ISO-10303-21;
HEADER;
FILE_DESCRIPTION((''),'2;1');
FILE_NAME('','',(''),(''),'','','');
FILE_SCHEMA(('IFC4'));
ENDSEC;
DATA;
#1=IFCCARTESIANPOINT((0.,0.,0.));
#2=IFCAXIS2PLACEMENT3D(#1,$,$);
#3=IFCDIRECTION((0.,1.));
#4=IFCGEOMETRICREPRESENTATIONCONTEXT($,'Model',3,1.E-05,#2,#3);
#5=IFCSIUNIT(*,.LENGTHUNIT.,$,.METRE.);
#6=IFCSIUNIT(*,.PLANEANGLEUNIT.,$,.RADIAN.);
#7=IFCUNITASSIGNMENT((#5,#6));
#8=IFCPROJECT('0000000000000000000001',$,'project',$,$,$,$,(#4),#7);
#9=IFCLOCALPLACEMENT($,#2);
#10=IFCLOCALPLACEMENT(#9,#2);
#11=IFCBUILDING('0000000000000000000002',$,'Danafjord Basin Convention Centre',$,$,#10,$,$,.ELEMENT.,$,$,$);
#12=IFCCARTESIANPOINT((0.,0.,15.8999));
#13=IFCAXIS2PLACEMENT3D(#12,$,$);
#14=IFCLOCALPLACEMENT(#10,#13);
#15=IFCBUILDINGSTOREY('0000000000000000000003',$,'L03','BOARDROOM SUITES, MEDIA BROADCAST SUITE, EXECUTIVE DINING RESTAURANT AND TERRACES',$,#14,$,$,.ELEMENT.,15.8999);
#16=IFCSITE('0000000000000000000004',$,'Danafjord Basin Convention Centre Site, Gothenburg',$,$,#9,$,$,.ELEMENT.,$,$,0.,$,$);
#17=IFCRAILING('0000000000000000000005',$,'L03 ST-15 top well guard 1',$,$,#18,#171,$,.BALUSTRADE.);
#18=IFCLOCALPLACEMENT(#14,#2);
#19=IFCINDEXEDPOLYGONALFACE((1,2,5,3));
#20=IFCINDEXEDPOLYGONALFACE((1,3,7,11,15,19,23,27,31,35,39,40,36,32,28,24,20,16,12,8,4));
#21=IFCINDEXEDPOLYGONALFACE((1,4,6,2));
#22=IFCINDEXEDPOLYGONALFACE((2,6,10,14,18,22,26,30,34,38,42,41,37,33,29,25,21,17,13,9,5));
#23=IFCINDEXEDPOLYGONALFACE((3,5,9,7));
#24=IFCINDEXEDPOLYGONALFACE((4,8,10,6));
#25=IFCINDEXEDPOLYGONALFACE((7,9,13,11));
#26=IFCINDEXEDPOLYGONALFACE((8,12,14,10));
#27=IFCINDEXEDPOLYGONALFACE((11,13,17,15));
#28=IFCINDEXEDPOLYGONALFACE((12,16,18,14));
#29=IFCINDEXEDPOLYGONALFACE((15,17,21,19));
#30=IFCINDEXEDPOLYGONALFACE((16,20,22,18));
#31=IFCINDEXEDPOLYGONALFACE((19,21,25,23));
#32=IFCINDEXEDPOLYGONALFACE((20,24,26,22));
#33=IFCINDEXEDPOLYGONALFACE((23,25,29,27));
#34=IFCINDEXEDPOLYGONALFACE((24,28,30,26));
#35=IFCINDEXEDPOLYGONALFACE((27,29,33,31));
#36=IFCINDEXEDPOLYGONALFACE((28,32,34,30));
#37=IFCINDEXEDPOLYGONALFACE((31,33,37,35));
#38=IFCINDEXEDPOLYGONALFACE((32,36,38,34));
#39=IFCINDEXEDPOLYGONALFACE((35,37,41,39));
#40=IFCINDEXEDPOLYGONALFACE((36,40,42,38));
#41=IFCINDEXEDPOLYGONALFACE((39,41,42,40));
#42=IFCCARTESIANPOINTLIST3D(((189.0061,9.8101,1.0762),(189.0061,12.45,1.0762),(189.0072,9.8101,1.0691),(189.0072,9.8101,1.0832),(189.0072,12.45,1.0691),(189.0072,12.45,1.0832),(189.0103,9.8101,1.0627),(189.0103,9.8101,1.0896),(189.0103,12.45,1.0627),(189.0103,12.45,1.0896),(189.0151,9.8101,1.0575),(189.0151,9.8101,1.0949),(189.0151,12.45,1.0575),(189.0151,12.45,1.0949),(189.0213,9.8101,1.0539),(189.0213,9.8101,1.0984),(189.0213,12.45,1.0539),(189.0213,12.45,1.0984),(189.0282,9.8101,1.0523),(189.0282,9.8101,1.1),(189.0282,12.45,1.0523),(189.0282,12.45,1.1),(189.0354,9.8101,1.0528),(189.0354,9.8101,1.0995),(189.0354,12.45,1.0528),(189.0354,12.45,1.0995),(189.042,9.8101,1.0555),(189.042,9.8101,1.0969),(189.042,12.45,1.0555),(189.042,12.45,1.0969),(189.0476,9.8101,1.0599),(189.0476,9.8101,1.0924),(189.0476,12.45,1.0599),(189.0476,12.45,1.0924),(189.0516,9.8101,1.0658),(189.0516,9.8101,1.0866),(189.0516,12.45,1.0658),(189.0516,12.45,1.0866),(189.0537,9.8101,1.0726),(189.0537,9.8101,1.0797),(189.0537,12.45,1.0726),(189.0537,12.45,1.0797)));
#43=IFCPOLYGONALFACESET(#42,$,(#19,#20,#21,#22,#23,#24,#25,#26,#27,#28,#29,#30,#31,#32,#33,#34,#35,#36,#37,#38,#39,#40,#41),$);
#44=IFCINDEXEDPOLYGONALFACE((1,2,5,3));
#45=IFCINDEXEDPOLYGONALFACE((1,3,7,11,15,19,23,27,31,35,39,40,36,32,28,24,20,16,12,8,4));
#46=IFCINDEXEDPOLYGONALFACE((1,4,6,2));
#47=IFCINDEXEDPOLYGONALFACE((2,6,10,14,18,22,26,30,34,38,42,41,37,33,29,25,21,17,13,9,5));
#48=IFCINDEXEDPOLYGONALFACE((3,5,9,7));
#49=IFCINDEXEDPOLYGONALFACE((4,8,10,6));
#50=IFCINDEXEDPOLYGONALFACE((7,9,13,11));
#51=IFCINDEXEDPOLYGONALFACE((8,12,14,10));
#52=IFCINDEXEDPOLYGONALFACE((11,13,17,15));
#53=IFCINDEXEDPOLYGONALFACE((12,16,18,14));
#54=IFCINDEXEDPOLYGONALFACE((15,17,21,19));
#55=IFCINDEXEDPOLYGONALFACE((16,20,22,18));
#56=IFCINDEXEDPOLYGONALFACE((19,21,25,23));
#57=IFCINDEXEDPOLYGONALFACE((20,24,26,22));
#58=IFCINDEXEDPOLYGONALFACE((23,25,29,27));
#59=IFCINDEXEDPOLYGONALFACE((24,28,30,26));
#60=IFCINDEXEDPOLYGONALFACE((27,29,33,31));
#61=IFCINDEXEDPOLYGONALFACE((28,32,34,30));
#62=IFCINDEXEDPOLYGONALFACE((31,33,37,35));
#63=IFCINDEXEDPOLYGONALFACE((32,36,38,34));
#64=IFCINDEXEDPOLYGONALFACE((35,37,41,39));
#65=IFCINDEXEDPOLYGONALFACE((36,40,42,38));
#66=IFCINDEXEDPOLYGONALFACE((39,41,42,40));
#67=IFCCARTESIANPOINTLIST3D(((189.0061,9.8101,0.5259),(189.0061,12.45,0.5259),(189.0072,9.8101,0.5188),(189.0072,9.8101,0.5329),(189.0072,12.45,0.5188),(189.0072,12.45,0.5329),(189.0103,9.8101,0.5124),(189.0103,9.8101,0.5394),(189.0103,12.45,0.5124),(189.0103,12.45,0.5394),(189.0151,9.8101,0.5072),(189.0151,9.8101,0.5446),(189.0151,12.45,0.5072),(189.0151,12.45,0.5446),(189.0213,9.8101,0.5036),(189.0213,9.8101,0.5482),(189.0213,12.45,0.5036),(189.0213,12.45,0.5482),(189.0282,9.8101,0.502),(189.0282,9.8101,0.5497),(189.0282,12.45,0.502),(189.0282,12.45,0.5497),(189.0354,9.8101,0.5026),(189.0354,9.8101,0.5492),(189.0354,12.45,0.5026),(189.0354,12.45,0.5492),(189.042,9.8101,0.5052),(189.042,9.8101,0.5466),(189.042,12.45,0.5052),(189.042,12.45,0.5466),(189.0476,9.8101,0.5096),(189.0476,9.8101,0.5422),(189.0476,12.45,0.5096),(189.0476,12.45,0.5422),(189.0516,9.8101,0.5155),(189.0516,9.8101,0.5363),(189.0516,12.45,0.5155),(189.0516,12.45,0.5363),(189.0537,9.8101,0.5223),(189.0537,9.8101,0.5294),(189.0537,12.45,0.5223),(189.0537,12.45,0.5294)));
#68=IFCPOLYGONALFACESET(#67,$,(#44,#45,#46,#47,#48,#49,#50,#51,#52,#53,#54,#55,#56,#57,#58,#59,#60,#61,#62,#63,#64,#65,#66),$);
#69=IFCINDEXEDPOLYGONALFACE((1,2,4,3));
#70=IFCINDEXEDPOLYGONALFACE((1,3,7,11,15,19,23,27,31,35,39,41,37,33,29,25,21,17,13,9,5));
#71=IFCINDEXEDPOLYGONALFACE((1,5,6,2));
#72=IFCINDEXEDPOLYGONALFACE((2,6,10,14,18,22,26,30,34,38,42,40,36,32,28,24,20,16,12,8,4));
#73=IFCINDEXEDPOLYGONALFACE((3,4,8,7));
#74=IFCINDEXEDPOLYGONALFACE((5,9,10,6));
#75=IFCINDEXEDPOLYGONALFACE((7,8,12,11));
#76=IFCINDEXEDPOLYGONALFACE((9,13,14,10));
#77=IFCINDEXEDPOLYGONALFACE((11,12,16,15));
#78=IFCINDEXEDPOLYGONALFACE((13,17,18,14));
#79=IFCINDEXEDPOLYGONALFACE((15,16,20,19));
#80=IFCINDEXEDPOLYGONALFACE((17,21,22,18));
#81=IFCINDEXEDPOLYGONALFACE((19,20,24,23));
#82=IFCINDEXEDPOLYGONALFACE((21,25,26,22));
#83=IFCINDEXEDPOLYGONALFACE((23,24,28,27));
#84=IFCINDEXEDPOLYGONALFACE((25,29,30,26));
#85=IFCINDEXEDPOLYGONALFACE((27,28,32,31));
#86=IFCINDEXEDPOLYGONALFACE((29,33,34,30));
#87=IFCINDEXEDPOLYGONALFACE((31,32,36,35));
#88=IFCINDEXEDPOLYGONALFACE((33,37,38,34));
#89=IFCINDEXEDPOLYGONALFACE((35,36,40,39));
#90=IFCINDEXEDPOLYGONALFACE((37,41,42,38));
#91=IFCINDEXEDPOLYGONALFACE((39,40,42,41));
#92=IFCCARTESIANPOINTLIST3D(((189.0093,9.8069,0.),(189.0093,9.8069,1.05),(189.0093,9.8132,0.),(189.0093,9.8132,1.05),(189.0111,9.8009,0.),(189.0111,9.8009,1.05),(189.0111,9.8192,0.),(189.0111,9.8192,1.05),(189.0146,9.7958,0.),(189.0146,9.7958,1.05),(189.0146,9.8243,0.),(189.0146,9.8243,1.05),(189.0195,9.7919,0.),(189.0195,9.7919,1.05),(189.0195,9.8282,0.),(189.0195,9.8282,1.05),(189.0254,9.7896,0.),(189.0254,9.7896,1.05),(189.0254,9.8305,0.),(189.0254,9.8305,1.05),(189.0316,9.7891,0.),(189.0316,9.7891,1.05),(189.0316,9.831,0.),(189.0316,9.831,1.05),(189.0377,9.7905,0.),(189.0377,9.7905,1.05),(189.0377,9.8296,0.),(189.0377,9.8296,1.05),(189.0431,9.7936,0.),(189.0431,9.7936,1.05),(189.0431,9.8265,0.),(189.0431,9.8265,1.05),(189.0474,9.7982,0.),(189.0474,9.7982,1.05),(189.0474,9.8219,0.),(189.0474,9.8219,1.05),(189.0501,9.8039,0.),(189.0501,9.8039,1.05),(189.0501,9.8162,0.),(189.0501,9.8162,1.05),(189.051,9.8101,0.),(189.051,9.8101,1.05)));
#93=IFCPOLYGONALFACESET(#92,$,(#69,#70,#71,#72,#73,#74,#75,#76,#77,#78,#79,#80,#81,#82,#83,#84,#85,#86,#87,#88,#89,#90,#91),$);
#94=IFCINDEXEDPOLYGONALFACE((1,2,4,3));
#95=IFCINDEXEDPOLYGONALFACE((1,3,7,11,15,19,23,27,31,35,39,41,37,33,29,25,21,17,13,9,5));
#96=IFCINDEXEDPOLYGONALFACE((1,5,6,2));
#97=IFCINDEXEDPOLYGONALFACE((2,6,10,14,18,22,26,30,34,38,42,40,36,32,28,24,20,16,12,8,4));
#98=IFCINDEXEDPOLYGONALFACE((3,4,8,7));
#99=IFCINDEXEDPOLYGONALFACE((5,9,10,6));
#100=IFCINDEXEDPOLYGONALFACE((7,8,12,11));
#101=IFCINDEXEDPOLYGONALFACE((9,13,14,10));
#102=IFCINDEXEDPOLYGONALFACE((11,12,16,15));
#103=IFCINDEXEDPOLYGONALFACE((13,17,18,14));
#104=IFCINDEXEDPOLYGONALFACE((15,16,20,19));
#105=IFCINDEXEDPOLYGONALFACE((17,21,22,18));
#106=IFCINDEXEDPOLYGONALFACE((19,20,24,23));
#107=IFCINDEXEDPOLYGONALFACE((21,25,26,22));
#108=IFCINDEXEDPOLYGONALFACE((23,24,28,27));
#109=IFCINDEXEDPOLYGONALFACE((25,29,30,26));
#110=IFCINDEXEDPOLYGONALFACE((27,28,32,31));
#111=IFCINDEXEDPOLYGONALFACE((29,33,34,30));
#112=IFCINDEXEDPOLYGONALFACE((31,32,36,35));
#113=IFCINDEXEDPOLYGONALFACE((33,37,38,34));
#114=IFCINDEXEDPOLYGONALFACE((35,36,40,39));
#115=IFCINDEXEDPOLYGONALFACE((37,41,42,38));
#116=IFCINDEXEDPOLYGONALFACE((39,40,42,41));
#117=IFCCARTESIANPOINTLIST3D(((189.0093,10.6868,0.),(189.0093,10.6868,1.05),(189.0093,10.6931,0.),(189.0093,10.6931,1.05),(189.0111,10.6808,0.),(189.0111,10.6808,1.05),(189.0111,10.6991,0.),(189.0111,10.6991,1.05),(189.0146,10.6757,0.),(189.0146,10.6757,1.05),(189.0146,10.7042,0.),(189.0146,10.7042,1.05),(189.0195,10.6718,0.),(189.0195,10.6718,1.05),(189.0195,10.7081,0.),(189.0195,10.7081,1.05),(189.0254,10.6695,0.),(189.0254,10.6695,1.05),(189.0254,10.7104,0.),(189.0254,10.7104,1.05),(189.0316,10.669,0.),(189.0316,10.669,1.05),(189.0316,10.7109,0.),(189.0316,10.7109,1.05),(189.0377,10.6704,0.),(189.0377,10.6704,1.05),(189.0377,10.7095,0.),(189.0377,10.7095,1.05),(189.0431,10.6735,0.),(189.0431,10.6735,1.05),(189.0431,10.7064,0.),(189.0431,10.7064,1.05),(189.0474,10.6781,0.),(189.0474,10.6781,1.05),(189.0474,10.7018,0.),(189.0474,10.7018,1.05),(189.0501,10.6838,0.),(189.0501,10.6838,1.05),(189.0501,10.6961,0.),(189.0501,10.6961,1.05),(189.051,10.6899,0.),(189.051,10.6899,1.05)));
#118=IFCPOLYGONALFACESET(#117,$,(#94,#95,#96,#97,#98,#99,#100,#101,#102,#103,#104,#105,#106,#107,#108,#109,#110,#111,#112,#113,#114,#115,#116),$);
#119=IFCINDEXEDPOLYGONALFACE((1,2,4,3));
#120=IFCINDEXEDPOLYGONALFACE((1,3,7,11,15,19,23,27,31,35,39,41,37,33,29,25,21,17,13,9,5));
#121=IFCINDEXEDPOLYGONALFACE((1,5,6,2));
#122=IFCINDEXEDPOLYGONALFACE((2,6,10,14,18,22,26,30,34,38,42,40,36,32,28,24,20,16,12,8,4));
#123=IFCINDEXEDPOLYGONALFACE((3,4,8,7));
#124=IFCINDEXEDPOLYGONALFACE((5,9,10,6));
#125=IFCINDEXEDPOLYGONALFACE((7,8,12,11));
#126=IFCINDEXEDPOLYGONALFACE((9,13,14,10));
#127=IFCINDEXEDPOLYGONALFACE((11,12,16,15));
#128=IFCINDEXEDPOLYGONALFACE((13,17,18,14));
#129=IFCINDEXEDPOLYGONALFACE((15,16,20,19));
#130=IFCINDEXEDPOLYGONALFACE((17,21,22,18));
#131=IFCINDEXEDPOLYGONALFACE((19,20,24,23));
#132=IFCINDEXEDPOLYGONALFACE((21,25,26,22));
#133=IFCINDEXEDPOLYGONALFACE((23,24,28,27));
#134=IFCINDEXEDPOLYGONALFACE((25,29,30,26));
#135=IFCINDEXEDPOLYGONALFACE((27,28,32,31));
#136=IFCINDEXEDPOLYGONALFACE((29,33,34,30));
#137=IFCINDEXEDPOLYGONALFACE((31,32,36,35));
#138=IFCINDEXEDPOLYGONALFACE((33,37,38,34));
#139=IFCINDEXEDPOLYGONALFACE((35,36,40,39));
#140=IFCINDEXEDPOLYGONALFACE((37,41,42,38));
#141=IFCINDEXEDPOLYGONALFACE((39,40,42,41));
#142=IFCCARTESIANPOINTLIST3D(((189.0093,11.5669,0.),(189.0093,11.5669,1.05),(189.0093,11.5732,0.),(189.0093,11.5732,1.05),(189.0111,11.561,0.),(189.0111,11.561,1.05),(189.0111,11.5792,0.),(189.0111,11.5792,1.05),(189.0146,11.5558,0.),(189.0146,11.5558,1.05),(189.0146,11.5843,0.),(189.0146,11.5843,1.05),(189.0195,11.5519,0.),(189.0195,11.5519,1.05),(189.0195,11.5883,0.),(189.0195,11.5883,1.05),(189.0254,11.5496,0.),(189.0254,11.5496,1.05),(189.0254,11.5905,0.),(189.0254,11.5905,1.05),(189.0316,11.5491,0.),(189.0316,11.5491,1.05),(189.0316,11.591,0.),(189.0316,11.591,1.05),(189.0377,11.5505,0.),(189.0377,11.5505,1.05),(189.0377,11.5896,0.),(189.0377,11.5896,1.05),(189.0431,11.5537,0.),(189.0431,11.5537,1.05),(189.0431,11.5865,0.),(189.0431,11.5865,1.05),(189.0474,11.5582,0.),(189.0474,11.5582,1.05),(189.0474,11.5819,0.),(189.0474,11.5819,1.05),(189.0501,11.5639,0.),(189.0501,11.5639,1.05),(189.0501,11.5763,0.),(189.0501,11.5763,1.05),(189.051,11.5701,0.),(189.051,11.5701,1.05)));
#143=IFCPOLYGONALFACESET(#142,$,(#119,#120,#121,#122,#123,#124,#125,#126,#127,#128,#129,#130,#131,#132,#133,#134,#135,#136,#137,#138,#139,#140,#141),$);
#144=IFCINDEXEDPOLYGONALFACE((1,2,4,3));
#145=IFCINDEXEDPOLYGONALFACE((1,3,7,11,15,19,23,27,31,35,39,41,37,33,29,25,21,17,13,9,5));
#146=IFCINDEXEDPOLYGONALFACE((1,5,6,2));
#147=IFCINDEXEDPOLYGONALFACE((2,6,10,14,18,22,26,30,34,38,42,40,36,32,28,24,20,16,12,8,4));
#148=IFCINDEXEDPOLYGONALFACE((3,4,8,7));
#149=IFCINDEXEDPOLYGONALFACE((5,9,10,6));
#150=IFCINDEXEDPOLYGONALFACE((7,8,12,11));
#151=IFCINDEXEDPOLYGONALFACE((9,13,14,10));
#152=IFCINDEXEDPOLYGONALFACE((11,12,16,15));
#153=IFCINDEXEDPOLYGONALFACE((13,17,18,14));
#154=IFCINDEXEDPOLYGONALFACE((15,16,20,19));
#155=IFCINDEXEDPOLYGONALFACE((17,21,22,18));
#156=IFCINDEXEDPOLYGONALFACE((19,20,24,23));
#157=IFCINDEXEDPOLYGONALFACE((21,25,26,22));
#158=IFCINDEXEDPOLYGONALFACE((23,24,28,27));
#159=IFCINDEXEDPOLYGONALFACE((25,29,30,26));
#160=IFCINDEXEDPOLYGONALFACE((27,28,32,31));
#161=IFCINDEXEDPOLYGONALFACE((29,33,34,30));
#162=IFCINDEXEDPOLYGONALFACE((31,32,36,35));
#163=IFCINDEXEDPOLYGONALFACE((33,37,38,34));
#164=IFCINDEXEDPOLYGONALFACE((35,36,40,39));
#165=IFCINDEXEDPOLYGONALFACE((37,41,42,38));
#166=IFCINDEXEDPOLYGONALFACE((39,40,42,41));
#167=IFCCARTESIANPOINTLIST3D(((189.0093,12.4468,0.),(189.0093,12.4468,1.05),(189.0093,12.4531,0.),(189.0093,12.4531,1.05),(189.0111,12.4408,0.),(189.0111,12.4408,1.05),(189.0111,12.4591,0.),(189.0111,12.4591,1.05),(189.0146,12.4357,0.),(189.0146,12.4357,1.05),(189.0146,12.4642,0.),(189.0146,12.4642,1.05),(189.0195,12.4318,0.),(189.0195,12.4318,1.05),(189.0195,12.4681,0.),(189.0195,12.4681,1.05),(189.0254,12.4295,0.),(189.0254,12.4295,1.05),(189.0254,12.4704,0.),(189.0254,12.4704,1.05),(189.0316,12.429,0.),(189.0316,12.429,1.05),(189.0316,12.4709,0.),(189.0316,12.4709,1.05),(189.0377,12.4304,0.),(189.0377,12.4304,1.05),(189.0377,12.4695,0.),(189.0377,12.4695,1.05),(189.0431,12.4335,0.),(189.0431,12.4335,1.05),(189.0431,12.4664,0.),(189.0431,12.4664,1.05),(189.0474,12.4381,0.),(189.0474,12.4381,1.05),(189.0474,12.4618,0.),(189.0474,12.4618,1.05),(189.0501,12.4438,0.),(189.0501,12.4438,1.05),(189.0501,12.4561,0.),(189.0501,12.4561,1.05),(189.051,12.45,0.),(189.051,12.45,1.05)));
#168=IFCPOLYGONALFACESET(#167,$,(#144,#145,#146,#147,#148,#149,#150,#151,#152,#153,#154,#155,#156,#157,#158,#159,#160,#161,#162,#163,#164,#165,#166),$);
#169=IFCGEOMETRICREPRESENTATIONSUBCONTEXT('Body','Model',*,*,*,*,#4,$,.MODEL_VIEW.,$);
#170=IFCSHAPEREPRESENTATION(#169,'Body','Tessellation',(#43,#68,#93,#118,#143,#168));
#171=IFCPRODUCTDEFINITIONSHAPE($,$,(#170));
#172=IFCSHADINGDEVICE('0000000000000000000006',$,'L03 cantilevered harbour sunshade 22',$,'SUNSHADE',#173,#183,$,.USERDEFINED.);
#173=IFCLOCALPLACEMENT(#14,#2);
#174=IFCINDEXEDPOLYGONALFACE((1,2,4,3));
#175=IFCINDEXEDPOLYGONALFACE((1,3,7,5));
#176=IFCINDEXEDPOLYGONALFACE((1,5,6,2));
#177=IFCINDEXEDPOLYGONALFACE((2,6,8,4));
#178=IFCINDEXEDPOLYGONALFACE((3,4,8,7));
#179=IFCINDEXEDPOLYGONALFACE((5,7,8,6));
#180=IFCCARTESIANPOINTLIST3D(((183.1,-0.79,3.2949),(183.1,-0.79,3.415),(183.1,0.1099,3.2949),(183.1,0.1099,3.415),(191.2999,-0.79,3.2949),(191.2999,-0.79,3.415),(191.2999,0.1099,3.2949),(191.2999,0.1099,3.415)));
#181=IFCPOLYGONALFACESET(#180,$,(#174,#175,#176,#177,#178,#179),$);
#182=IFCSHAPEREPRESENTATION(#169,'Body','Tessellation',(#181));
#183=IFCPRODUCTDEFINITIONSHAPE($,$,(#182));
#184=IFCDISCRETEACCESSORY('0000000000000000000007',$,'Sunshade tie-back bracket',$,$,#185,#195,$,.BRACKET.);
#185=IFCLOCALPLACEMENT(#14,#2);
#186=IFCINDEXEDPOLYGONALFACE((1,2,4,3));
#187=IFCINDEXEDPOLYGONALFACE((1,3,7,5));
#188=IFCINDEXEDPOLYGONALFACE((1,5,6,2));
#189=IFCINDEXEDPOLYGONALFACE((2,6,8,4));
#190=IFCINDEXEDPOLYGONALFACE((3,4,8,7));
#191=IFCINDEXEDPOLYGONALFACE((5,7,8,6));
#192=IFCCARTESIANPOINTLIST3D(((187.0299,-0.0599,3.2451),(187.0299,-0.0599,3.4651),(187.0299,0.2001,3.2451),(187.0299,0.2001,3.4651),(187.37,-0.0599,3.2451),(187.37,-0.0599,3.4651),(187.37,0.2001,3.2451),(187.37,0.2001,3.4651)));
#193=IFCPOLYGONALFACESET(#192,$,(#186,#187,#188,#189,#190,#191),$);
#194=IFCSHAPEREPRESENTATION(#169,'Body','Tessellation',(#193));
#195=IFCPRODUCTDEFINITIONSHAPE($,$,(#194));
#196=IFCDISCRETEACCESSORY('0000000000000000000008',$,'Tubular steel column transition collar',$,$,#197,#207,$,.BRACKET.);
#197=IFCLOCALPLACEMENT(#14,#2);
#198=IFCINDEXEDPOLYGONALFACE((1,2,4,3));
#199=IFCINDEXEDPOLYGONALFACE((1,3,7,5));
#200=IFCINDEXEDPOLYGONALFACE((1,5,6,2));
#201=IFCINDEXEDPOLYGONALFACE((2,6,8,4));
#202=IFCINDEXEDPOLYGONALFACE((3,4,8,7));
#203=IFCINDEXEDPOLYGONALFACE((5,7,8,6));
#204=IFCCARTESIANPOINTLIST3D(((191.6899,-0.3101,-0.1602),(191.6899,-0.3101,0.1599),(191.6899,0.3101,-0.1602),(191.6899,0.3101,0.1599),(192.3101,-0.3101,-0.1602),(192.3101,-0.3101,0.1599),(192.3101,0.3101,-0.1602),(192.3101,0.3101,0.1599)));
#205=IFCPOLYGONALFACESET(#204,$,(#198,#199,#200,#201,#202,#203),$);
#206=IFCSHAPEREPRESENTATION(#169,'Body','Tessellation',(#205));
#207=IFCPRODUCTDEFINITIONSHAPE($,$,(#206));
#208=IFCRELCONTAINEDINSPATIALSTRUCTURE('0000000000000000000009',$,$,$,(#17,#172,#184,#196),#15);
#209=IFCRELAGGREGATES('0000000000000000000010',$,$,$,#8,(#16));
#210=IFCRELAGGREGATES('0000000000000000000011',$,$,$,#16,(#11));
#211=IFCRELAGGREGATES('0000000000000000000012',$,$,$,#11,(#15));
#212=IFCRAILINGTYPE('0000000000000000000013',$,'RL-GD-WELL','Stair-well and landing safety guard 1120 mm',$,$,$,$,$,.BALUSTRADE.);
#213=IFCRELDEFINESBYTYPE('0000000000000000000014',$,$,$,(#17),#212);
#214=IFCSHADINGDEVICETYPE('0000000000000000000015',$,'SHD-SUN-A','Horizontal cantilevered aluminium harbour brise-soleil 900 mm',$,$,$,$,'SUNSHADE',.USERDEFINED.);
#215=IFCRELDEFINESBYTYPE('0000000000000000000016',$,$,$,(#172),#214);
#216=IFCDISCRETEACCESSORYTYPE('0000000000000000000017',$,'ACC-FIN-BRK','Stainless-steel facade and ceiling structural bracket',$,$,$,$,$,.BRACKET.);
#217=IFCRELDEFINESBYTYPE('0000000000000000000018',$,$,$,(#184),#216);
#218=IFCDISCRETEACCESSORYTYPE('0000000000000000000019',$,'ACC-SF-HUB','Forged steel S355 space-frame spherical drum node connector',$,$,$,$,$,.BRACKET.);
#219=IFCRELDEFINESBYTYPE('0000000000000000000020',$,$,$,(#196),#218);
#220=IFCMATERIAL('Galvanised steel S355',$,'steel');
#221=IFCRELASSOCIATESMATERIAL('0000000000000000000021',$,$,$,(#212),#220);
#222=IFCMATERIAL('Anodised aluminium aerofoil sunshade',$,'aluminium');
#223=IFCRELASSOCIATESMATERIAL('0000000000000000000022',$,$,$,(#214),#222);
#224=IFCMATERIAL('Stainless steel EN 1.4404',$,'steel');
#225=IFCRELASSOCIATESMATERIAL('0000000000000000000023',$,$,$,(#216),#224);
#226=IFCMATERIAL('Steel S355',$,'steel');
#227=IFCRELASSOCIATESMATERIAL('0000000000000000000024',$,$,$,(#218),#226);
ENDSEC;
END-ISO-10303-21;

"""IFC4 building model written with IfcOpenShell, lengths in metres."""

from ifc_helpers import new_model, si_unit, direction, frame, origin, origin_2d, place, context, subcontext, project, spatial, rectangle, circle, extrude, material, type_object, element, save


model = new_model("IFC4")

# Units and contexts
model_context = context("Model", 3, precision=1e-05, world=origin(), true_north=direction((0.0, 1.0)))
body_context = subcontext(model_context, "Body", "Model", "MODEL_VIEW")
ifc_project = project(units=[si_unit("LENGTHUNIT", "METRE"), si_unit("PLANEANGLEUNIT", "RADIAN")], contexts=[model_context])

# Site, building, storey
site_placement = place(None, origin())
site = spatial("IfcSite", under=ifc_project, at=site_placement, Name="Danafjord Basin Convention Centre Site, Gothenburg", CompositionType="ELEMENT", RefElevation=0.0)
building_placement = place(site_placement, origin())
building = spatial("IfcBuilding", under=site, at=building_placement, Name="Danafjord Basin Convention Centre", CompositionType="ELEMENT")
storey_placement = place(building_placement, frame((0.0, 0.0, 15.8999)))
storey = spatial("IfcBuildingStorey", under=building, at=storey_placement, Name="L03", Description="BOARDROOM SUITES, MEDIA BROADCAST SUITE, EXECUTIVE DINING RESTAURANT AND TERRACES", CompositionType="ELEMENT", Elevation=15.8999)

# Shared definitions
ifc_material_1 = material(Name="Steel S355", Category="steel")

# Railing
ifc_material_2 = material(Name="Galvanised steel S355", Category="steel")
railing_type_1 = type_object("IfcRailingType", Name="RL-GD-WELL", Description="Stair-well and landing safety guard 1120 mm", PredefinedType="BALUSTRADE", material=ifc_material_2)
railing_1_placement = place(storey_placement, frame((189.03, 9.8101, 0.0)))
element("IfcRailing", 1, at=railing_1_placement, inside=storey, type_object=railing_type_1, Name="L03 ST-15 top well guard 1", PredefinedType="BALUSTRADE", context=body_context, shape_type="SweptSolid", body=[
    extrude(circle(Radius=0.0239, at=origin_2d()), frame((0.0, 0.0, 1.0762), z_axis=(0.0, 1.0, 0.0), x_axis=(-1.0, 0.0, 0.0)), (0.0, 0.0, 1.0), 2.6399),
    extrude(circle(Radius=0.0239, at=origin_2d()), frame((0.0, 0.0, 0.5259), z_axis=(0.0, 1.0, 0.0), x_axis=(-1.0, 0.0, 0.0)), (0.0, 0.0, 1.0), 2.6399),
    extrude(circle(Radius=0.021, at=origin_2d()), origin(), (0.0, 0.0, 1.0), 1.05),
    extrude(circle(Radius=0.021, at=origin_2d()), frame((0.0, 0.8799, 0.0)), (0.0, 0.0, 1.0), 1.05),
    extrude(circle(Radius=0.021, at=origin_2d()), frame((0.0, 1.76, 0.0)), (0.0, 0.0, 1.0), 1.05),
    extrude(circle(Radius=0.021, at=origin_2d()), frame((0.0, 2.6399, 0.0)), (0.0, 0.0, 1.0), 1.05),
])

# Shading device
ifc_material_3 = material(Name="Anodised aluminium aerofoil sunshade", Category="aluminium")
shading_device_type = type_object("IfcShadingDeviceType", Name="SHD-SUN-A", Description="Horizontal cantilevered aluminium harbour brise-soleil 900 mm", ElementType="SUNSHADE", PredefinedType="USERDEFINED", material=ifc_material_3)
shading_device_placement = place(storey_placement, frame((187.2, -0.3401, 3.2949), z_axis=(0.0, 0.0, 1.0), x_axis=(1.0, 0.0, 0.0)))
element("IfcShadingDevice", 2, at=shading_device_placement, inside=storey, type_object=shading_device_type, Name="L03 cantilevered harbour sunshade 22", ObjectType="SUNSHADE", PredefinedType="USERDEFINED", context=body_context, shape_type="SweptSolid", body=[
    extrude(rectangle(XDim=8.2, YDim=0.8999, at=origin_2d()), origin(), (0.0, 0.0, 1.0), 0.1201),
])

# Discrete accessories
ifc_material_4 = material(Name="Stainless steel EN 1.4404", Category="steel")
discrete_accessory_type_1 = type_object("IfcDiscreteAccessoryType", Name="ACC-FIN-BRK", Description="Stainless-steel facade and ceiling structural bracket", PredefinedType="BRACKET", material=ifc_material_4)
discrete_accessory_1_placement = place(storey_placement, frame((187.2, 0.0701, 3.2451), z_axis=(0.0, 0.0, 1.0), x_axis=(1.0, 0.0, 0.0)))
element("IfcDiscreteAccessory", 3, at=discrete_accessory_1_placement, inside=storey, type_object=discrete_accessory_type_1, Name="Sunshade tie-back bracket", PredefinedType="BRACKET", context=body_context, shape_type="SweptSolid", body=[
    extrude(rectangle(XDim=0.3401, YDim=0.26, at=origin_2d()), origin(), (0.0, 0.0, 1.0), 0.22),
])
discrete_accessory_type_2 = type_object("IfcDiscreteAccessoryType", Name="ACC-SF-HUB", Description="Forged steel S355 space-frame spherical drum node connector", PredefinedType="BRACKET", material=ifc_material_1)
discrete_accessory_2_placement = place(storey_placement, frame((192.0, 0.0, -0.1602), z_axis=(0.0, 0.0, 1.0), x_axis=(1.0, 0.0, 0.0)))
element("IfcDiscreteAccessory", 4, at=discrete_accessory_2_placement, inside=storey, type_object=discrete_accessory_type_2, Name="Tubular steel column transition collar", PredefinedType="BRACKET", context=body_context, shape_type="SweptSolid", body=[
    extrude(rectangle(XDim=0.6201, YDim=0.6201, at=origin_2d()), origin(), (0.0, 0.0, 1.0), 0.3201),
])

save(model, "model.ifc")
